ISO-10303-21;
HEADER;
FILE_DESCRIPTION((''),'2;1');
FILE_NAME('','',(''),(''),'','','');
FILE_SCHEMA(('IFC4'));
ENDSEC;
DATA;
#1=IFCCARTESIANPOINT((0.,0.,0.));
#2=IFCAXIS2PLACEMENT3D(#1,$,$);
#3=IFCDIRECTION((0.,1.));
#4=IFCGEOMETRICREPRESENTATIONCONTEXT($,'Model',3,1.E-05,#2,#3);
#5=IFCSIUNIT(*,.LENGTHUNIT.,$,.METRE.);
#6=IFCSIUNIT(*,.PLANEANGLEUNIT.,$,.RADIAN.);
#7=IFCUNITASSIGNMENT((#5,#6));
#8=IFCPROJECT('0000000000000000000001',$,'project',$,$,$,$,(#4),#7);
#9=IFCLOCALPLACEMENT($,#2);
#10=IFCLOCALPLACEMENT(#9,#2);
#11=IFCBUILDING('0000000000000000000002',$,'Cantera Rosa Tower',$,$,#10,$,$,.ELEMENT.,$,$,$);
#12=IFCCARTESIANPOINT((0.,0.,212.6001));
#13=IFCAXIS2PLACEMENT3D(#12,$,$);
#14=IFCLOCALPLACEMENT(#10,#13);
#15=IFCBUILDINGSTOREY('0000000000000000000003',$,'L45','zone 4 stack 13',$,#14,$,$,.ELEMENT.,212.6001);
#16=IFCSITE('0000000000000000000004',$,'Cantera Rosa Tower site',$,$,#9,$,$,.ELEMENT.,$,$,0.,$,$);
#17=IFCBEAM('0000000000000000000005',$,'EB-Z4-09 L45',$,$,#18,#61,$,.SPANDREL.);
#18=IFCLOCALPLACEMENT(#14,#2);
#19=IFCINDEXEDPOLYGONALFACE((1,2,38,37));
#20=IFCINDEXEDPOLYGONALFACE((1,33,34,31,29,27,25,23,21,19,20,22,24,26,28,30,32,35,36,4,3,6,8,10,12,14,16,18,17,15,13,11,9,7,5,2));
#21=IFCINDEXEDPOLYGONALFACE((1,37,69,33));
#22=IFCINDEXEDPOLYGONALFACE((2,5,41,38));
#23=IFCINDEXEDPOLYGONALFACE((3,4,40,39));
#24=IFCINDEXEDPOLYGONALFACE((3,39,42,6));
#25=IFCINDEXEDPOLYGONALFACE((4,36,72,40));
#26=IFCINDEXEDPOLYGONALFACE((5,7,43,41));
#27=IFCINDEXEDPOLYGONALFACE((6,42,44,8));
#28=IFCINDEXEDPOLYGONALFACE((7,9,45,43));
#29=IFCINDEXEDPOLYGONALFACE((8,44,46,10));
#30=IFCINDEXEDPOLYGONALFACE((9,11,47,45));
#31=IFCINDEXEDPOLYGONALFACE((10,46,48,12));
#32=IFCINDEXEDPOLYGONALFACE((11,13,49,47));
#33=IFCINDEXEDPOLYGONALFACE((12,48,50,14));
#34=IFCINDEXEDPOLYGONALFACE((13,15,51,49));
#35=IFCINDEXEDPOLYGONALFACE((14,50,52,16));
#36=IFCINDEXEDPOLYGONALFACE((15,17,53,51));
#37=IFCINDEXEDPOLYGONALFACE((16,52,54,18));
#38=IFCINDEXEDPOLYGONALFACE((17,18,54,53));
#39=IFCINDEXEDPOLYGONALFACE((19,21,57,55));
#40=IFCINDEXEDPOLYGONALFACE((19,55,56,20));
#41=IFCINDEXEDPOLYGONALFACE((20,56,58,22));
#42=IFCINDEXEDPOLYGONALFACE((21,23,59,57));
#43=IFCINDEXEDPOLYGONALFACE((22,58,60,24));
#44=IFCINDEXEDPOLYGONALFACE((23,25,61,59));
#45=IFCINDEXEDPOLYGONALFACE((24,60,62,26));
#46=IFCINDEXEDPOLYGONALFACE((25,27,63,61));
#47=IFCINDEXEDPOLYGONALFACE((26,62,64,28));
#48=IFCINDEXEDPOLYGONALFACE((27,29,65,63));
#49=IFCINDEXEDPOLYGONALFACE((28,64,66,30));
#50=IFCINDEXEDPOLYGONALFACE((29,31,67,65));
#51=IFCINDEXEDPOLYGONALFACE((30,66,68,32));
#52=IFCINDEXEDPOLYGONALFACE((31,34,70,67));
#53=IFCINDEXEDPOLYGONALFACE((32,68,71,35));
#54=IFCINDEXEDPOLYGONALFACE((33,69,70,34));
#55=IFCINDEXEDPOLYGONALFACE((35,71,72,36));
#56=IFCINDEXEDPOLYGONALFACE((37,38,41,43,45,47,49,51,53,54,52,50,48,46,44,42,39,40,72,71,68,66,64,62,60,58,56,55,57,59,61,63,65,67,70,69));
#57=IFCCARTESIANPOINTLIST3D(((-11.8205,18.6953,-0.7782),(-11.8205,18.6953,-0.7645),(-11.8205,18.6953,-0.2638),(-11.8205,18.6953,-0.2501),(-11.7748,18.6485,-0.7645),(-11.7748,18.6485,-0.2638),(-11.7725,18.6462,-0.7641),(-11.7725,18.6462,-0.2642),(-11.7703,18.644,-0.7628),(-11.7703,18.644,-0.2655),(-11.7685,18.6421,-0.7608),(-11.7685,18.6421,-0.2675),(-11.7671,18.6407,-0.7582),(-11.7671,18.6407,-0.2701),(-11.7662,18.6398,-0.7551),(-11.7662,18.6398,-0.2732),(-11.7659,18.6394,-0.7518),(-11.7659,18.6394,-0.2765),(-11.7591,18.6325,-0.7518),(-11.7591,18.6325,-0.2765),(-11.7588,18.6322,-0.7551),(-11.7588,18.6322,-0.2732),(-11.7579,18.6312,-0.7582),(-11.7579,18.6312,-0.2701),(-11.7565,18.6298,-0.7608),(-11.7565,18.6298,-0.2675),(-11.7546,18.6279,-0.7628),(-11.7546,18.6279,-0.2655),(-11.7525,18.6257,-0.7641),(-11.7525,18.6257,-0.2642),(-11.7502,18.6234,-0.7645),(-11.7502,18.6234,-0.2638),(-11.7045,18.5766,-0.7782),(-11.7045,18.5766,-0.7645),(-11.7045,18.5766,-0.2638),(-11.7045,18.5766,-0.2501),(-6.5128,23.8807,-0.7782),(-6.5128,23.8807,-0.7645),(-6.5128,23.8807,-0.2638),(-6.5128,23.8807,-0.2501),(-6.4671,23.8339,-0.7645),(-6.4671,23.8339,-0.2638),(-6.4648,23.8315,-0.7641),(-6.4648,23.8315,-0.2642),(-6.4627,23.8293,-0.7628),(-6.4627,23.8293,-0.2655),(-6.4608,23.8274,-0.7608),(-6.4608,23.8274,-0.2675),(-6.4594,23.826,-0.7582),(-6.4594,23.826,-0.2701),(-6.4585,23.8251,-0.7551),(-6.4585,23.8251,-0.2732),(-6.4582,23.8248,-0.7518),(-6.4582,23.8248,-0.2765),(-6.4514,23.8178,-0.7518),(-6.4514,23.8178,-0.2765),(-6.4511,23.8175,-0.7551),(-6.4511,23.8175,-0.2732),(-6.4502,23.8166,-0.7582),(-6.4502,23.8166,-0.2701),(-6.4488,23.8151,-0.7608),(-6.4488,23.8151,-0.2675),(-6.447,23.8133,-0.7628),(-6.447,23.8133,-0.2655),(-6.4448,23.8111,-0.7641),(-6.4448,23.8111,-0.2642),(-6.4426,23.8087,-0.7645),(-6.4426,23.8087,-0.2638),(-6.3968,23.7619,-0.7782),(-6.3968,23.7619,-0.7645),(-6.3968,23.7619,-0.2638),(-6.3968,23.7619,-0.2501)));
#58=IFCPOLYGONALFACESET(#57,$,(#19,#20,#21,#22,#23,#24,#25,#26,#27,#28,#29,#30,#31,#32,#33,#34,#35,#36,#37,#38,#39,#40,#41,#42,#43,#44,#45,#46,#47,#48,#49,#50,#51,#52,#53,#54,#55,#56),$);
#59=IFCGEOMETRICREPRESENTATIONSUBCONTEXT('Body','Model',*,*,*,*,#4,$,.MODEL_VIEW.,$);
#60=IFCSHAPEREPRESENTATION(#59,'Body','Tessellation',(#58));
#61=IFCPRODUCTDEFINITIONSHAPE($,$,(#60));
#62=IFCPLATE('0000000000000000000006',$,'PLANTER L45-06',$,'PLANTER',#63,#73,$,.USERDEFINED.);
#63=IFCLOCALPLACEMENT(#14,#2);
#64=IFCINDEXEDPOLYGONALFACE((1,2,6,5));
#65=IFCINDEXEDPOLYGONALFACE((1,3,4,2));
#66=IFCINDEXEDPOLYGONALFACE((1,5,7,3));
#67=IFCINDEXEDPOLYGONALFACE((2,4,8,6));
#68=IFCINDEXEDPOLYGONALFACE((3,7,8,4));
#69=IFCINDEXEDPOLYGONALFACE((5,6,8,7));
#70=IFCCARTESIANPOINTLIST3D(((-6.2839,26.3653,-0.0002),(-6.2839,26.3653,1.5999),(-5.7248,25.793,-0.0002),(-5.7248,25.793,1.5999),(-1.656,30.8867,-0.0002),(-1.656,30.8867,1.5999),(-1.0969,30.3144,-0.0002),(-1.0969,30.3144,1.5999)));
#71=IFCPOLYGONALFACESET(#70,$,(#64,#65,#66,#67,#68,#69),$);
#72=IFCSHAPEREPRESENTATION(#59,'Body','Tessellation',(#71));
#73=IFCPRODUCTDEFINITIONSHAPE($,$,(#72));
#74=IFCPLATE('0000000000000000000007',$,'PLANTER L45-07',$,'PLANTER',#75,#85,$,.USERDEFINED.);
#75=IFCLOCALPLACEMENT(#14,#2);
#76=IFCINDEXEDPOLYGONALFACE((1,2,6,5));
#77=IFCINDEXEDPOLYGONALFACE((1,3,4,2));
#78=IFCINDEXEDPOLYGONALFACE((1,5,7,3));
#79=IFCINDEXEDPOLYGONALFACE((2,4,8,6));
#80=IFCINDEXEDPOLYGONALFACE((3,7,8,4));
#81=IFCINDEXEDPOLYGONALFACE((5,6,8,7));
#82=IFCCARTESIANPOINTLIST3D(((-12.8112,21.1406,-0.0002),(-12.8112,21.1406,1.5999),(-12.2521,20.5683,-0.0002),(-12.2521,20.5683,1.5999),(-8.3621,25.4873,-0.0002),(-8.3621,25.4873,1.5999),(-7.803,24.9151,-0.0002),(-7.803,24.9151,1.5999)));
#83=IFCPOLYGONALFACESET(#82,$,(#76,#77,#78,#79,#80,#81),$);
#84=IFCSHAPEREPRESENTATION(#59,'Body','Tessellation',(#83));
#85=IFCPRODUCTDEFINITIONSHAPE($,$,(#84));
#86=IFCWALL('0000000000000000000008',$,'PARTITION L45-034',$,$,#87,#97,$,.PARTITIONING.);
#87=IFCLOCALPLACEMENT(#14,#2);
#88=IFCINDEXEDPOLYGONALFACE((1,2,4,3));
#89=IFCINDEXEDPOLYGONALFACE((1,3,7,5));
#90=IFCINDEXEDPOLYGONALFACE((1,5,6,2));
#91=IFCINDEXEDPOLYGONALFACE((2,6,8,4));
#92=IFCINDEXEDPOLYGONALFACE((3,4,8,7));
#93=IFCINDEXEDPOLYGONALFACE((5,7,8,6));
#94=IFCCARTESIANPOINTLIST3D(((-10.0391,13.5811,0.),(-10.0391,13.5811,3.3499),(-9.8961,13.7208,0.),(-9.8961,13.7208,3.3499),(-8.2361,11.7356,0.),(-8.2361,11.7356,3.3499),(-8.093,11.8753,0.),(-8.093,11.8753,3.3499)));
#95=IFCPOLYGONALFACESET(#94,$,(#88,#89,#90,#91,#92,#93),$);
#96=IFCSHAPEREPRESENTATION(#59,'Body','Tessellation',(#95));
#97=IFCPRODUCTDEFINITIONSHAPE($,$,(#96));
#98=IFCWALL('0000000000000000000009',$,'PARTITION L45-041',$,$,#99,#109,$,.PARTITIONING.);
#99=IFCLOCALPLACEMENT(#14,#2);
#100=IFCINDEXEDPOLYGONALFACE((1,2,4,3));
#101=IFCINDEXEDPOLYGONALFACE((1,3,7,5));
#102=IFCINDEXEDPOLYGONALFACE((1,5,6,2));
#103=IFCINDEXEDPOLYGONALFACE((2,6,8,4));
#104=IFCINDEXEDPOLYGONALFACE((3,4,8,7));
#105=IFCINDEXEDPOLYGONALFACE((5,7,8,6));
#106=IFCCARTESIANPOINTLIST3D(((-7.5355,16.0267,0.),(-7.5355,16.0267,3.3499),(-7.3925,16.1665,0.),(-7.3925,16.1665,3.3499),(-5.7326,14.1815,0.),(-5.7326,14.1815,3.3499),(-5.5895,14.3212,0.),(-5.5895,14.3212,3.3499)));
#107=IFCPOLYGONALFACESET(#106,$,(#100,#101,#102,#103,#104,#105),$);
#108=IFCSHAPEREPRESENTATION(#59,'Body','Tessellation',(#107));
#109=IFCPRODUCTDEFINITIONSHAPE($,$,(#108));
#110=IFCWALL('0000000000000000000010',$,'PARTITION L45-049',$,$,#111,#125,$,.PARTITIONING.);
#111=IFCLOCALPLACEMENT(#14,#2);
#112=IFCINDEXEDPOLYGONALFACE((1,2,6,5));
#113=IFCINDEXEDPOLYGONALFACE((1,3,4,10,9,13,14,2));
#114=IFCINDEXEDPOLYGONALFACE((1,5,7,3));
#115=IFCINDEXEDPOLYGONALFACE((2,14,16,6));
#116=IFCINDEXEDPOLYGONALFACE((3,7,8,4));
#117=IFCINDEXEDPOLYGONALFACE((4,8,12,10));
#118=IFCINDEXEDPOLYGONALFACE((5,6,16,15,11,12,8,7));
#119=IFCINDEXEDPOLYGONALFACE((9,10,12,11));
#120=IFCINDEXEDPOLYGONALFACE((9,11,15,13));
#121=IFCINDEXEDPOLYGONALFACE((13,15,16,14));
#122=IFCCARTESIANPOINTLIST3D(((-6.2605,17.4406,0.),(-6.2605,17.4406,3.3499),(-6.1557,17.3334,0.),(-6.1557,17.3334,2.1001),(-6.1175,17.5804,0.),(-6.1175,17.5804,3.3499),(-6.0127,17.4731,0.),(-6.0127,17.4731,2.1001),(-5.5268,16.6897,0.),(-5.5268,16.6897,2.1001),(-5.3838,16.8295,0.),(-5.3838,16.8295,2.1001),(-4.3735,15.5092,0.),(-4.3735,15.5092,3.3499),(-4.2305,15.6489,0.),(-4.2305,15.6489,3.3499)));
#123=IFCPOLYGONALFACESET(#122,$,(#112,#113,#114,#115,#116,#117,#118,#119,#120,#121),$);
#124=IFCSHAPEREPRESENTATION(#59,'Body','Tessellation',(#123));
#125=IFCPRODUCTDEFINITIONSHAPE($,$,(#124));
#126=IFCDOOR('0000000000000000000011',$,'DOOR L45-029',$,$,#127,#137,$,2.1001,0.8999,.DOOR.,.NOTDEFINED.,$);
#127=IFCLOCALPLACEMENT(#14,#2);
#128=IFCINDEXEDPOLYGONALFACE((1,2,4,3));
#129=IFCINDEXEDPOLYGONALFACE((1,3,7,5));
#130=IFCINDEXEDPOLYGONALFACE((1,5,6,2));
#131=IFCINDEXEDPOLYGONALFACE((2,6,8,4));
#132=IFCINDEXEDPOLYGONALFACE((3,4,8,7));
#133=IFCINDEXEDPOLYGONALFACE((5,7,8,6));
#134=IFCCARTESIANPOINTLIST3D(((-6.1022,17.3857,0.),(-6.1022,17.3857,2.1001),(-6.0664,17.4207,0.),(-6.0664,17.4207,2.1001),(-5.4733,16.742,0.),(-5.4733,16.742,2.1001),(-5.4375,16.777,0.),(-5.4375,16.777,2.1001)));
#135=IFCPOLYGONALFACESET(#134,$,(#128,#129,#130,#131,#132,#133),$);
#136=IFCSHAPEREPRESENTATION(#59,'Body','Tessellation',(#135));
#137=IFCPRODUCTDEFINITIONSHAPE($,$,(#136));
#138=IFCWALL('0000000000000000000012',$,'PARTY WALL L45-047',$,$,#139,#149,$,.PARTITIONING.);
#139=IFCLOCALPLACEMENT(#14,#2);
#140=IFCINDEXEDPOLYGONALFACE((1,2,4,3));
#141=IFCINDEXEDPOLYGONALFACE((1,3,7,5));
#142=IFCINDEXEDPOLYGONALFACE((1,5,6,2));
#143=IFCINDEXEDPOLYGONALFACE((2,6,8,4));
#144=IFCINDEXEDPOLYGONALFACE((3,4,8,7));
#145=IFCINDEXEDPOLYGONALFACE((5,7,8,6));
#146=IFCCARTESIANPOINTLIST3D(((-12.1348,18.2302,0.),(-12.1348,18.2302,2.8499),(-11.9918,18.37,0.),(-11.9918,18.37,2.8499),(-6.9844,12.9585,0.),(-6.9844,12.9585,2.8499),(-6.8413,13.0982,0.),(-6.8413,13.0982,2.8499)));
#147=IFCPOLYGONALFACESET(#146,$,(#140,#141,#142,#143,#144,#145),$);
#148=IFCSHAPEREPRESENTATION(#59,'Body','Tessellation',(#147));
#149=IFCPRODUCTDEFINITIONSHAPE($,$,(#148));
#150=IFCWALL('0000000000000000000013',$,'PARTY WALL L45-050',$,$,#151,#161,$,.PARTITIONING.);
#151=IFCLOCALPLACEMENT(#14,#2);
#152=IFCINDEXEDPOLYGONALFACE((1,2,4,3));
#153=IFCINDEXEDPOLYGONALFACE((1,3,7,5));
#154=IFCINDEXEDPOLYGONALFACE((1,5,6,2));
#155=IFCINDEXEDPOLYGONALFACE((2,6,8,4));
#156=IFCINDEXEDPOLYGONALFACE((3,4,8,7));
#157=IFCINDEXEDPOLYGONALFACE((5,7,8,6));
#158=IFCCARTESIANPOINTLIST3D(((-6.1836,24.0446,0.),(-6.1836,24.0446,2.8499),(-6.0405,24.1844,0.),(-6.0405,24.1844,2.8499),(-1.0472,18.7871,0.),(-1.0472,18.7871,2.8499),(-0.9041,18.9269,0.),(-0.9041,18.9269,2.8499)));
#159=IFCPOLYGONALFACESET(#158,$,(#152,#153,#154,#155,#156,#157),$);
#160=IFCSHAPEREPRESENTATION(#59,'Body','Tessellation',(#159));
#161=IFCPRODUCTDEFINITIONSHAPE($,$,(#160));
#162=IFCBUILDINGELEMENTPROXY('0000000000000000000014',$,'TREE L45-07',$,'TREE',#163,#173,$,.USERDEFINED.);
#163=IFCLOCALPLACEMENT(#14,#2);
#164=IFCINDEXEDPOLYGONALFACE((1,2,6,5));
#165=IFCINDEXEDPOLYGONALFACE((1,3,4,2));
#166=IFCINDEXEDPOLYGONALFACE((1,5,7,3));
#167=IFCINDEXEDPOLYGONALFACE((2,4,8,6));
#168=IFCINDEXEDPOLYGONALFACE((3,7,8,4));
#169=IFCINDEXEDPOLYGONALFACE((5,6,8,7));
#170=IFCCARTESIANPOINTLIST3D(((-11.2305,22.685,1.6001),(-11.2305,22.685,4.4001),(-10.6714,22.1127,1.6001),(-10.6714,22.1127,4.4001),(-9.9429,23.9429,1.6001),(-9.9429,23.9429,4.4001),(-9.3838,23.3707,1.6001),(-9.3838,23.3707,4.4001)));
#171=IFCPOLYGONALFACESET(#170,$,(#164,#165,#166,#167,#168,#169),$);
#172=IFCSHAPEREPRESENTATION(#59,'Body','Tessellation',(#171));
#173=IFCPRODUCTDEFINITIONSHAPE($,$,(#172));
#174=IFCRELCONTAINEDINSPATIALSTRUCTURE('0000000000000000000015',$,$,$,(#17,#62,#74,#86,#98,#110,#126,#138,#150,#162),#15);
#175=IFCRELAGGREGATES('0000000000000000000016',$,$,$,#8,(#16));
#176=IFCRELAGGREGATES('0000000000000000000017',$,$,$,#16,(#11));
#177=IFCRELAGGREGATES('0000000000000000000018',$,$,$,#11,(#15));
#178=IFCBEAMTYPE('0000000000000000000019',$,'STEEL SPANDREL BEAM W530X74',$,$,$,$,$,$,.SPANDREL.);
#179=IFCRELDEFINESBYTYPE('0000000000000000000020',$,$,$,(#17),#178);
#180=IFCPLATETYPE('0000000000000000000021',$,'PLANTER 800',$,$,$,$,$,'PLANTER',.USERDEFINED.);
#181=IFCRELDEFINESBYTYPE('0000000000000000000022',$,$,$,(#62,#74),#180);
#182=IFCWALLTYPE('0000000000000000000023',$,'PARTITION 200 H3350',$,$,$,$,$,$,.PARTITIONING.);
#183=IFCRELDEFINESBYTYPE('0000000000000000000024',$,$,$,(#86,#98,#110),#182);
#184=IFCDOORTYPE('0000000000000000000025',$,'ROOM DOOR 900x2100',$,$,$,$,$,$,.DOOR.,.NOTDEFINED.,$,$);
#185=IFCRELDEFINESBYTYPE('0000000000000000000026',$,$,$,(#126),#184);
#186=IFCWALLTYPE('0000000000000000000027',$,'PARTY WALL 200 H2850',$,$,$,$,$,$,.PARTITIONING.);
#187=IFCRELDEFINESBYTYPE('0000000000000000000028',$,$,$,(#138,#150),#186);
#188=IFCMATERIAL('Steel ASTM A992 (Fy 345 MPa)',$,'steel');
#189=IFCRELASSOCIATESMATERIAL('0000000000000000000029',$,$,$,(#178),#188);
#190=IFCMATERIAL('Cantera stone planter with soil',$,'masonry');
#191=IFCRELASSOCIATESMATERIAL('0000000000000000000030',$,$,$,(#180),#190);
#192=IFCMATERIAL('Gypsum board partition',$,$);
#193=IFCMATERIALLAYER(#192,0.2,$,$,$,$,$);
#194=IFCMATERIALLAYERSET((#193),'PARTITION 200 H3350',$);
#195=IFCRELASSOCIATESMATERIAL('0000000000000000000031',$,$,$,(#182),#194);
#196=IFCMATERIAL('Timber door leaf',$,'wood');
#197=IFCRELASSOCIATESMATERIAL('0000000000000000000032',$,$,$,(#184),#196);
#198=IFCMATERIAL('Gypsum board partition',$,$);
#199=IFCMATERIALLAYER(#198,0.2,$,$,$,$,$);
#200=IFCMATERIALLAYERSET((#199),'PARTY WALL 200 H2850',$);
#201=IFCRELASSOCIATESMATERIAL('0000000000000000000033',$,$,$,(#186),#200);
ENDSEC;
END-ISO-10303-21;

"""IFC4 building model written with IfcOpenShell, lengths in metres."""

from ifc_helpers import new_model, si_unit, direction, frame, frame_2d, origin, origin_2d, place, context, subcontext, project, spatial, rectangle, i_section, extrude, material, layer, layer_set, material_profile, profile_set, type_object, element, fill, save


model = new_model("IFC4")

# Units and contexts
model_context = context("Model", 3, precision=1e-05, world=origin(), true_north=direction((0.0, 1.0)))
body_context = subcontext(model_context, "Body", "Model", "MODEL_VIEW")
ifc_project = project(units=[si_unit("LENGTHUNIT", "METRE"), si_unit("PLANEANGLEUNIT", "RADIAN")], contexts=[model_context])

# Site, building, storey
site_placement = place(None, origin())
site = spatial("IfcSite", under=ifc_project, at=site_placement, Name="Cantera Rosa Tower site", CompositionType="ELEMENT", RefElevation=0.0)
building_placement = place(site_placement, origin())
building = spatial("IfcBuilding", under=site, at=building_placement, Name="Cantera Rosa Tower", CompositionType="ELEMENT")
storey_placement = place(building_placement, frame((0.0, 0.0, 212.6001)))
storey = spatial("IfcBuildingStorey", under=building, at=storey_placement, Name="L45", Description="zone 4 stack 13", CompositionType="ELEMENT", Elevation=212.6001)

# Beam
ifc_material_1 = material(Name="Steel ASTM A992 (Fy 345 MPa)", Category="steel")
ifc_material_profile_1 = material_profile(ifc_material_1, i_section(OverallWidth=0.166, OverallDepth=0.5281, WebThickness=0.0098, FlangeThickness=0.0137, FilletRadius=0.0127, at=origin_2d()), Name="W530X74")
ifc_profile_set_1 = profile_set([ifc_material_profile_1], Name="Steel ASTM A992 (Fy 345 MPa)")
beam_type_1 = type_object("IfcBeamType", Name="STEEL SPANDREL BEAM W530X74", PredefinedType="SPANDREL", material=ifc_profile_set_1)
beam_1_placement = place(storey_placement, frame((-6.4548, 23.8213, -0.5142), z_axis=(-0.715301, -0.698817, 0.0), x_axis=(0.698817, -0.715301, 0.0)))
element("IfcBeam", 1, at=beam_1_placement, inside=storey, type_object=beam_type_1, Name="EB-Z4-09 L45", PredefinedType="SPANDREL", context=body_context, shape_type="SweptSolid", body=[
    extrude(i_section(OverallWidth=0.166, OverallDepth=0.5281, WebThickness=0.0098, FlangeThickness=0.0137, FilletRadius=0.0127, at=origin_2d()), origin(), (0.0, 0.0, 1.0), 7.4202),
])

# Plates
ifc_material_2 = material(Name="Cantera stone planter with soil", Category="masonry")
plate_type = type_object("IfcPlateType", Name="PLANTER 800", ElementType="PLANTER", PredefinedType="USERDEFINED", material=ifc_material_2)
plate_1_placement = place(storey_placement, frame((-3.6904, 28.3398, -0.0002), z_axis=(0.0, 0.0, 1.0), x_axis=(-0.715286, -0.698832, 0.0)))
element("IfcPlate", 2, at=plate_1_placement, inside=storey, type_object=plate_type, Name="PLANTER L45-06", ObjectType="PLANTER", PredefinedType="USERDEFINED", context=body_context, shape_type="SweptSolid", body=[
    extrude(rectangle(XDim=6.47, YDim=0.8, at=origin_2d()), origin(), (0.0, 0.0, 1.0), 1.6001),
])
plate_2_placement = place(storey_placement, frame((-10.3071, 23.0278, -0.0002), z_axis=(0.0, 0.0, 1.0), x_axis=(-0.715286, -0.698832, 0.0)))
element("IfcPlate", 3, at=plate_2_placement, inside=storey, type_object=plate_type, Name="PLANTER L45-07", ObjectType="PLANTER", PredefinedType="USERDEFINED", context=body_context, shape_type="SweptSolid", body=[
    extrude(rectangle(XDim=6.22, YDim=0.8, at=origin_2d()), origin(), (0.0, 0.0, 1.0), 1.6001),
])

# Walls
ifc_material_3 = material(Name="Gypsum board partition")
ifc_layer_1 = layer(ifc_material_3, 0.2)
ifc_layer_set_1 = layer_set([ifc_layer_1], Name="PARTITION 200 H3350")
wall_type_1 = type_object("IfcWallType", Name="PARTITION 200 H3350", PredefinedType="PARTITIONING", material=ifc_layer_set_1)
wall_1_placement = place(storey_placement, frame((-8.1646, 11.8054, 0.0), z_axis=(0.0, 0.0, 1.0), x_axis=(-0.698826, 0.715291, 0.0)))
element("IfcWall", 4, at=wall_1_placement, inside=storey, type_object=wall_type_1, Name="PARTITION L45-034", PredefinedType="PARTITIONING", context=body_context, shape_type="SweptSolid", body=[
    extrude(rectangle(XDim=2.5801, YDim=0.2, at=frame_2d((1.29, 0.0))), origin(), (0.0, 0.0, 1.0), 3.3499),
])
wall_2_placement = place(storey_placement, frame((-7.4641, 16.0967, 0.0), z_axis=(0.0, 0.0, 1.0), x_axis=(0.698874, -0.715245, 0.0)))
element("IfcWall", 5, at=wall_2_placement, inside=storey, type_object=wall_type_1, Name="PARTITION L45-041", PredefinedType="PARTITIONING", context=body_context, shape_type="SweptSolid", body=[
    extrude(rectangle(XDim=2.5798, YDim=0.2, at=frame_2d((1.29, 0.0))), origin(), (0.0, 0.0, 1.0), 3.3499),
])

# Wall, opening, door
wall_3_placement = place(storey_placement, frame((-6.189, 17.5105, 0.0), z_axis=(0.0, 0.0, 1.0), x_axis=(0.698831, -0.715287, 0.0)))
wall_3 = element("IfcWall", 6, at=wall_3_placement, inside=storey, type_object=wall_type_1, Name="PARTITION L45-049", PredefinedType="PARTITIONING", context=body_context, shape_type="SweptSolid", body=[
    extrude(rectangle(XDim=2.7002, YDim=0.2, at=frame_2d((1.3501, 0.0))), origin(), (0.0, 0.0, 1.0), 3.3499),
])
opening_1_placement = place(wall_3_placement, frame((0.1499, 0.0, 0.0)))
opening_1 = element("IfcOpeningElement", 7, at=opening_1_placement, cuts=wall_3, PredefinedType="OPENING", context=body_context, shape_type="SweptSolid", body=[
    extrude(rectangle(XDim=0.8999, YDim=2.1001, at=frame_2d((0.45, 1.05))), frame((0.0, 0.1099, 0.0), z_axis=(0.0, -1.0, 0.0), x_axis=(1.0, 0.0, 0.0)), (0.0, 0.0, 1.0), 0.22),
])
ifc_material_4 = material(Name="Timber door leaf", Category="wood")
door_type_1 = type_object("IfcDoorType", Name="ROOM DOOR 900x2100", OperationType="NOTDEFINED", PredefinedType="DOOR", material=ifc_material_4)
door_1_placement = place(opening_1_placement, origin())
door_1 = element("IfcDoor", 8, at=door_1_placement, inside=storey, type_object=door_type_1, Name="DOOR L45-029", OperationType="NOTDEFINED", OverallHeight=2.1001, OverallWidth=0.8999, PredefinedType="DOOR", context=body_context, shape_type="SweptSolid", body=[
    extrude(rectangle(XDim=0.8999, YDim=2.1001, at=frame_2d((0.45, 1.05))), frame((0.0, 0.0249, 0.0), z_axis=(0.0, -1.0, 0.0), x_axis=(1.0, 0.0, 0.0)), (0.0, 0.0, 1.0), 0.05),
])
fill(opening_1, door_1)

# Walls
ifc_material_5 = material(Name="Gypsum board partition")
ifc_layer_2 = layer(ifc_material_5, 0.2)
ifc_layer_set_2 = layer_set([ifc_layer_2], Name="PARTY WALL 200 H2850")
wall_type_2 = type_object("IfcWallType", Name="PARTY WALL 200 H2850", PredefinedType="PARTITIONING", material=ifc_layer_set_2)
wall_4_placement = place(storey_placement, frame((-6.9128, 13.0283, 0.0), z_axis=(0.0, 0.0, 1.0), x_axis=(-0.698827, 0.715291, 0.0)))
element("IfcWall", 9, at=wall_4_placement, inside=storey, type_object=wall_type_2, Name="PARTY WALL L45-047", PredefinedType="PARTITIONING", context=body_context, shape_type="SweptSolid", body=[
    extrude(rectangle(XDim=7.3701, YDim=0.2, at=frame_2d((3.6851, 0.0))), origin(), (0.0, 0.0, 1.0), 2.8499),
])
wall_5_placement = place(storey_placement, frame((-6.1121, 24.1145, 0.0), z_axis=(0.0, 0.0, 1.0), x_axis=(0.698821, -0.715296, 0.0)))
element("IfcWall", 10, at=wall_5_placement, inside=storey, type_object=wall_type_2, Name="PARTY WALL L45-050", PredefinedType="PARTITIONING", context=body_context, shape_type="SweptSolid", body=[
    extrude(rectangle(XDim=7.3501, YDim=0.2, at=frame_2d((3.675, 0.0))), origin(), (0.0, 0.0, 1.0), 2.8499),
])

# Building element proxy
proxy_placement = place(storey_placement, frame((-10.3071, 23.0278, 1.6001), z_axis=(0.0, 0.0, 1.0), x_axis=(-0.715286, -0.698832, 0.0)))
element("IfcBuildingElementProxy", 11, at=proxy_placement, inside=storey, Name="TREE L45-07", ObjectType="TREE", PredefinedType="USERDEFINED", context=body_context, shape_type="SweptSolid", body=[
    extrude(rectangle(XDim=1.8, YDim=0.8, at=origin_2d()), origin(), (0.0, 0.0, 1.0), 2.8),
])

save(model, "model.ifc")
